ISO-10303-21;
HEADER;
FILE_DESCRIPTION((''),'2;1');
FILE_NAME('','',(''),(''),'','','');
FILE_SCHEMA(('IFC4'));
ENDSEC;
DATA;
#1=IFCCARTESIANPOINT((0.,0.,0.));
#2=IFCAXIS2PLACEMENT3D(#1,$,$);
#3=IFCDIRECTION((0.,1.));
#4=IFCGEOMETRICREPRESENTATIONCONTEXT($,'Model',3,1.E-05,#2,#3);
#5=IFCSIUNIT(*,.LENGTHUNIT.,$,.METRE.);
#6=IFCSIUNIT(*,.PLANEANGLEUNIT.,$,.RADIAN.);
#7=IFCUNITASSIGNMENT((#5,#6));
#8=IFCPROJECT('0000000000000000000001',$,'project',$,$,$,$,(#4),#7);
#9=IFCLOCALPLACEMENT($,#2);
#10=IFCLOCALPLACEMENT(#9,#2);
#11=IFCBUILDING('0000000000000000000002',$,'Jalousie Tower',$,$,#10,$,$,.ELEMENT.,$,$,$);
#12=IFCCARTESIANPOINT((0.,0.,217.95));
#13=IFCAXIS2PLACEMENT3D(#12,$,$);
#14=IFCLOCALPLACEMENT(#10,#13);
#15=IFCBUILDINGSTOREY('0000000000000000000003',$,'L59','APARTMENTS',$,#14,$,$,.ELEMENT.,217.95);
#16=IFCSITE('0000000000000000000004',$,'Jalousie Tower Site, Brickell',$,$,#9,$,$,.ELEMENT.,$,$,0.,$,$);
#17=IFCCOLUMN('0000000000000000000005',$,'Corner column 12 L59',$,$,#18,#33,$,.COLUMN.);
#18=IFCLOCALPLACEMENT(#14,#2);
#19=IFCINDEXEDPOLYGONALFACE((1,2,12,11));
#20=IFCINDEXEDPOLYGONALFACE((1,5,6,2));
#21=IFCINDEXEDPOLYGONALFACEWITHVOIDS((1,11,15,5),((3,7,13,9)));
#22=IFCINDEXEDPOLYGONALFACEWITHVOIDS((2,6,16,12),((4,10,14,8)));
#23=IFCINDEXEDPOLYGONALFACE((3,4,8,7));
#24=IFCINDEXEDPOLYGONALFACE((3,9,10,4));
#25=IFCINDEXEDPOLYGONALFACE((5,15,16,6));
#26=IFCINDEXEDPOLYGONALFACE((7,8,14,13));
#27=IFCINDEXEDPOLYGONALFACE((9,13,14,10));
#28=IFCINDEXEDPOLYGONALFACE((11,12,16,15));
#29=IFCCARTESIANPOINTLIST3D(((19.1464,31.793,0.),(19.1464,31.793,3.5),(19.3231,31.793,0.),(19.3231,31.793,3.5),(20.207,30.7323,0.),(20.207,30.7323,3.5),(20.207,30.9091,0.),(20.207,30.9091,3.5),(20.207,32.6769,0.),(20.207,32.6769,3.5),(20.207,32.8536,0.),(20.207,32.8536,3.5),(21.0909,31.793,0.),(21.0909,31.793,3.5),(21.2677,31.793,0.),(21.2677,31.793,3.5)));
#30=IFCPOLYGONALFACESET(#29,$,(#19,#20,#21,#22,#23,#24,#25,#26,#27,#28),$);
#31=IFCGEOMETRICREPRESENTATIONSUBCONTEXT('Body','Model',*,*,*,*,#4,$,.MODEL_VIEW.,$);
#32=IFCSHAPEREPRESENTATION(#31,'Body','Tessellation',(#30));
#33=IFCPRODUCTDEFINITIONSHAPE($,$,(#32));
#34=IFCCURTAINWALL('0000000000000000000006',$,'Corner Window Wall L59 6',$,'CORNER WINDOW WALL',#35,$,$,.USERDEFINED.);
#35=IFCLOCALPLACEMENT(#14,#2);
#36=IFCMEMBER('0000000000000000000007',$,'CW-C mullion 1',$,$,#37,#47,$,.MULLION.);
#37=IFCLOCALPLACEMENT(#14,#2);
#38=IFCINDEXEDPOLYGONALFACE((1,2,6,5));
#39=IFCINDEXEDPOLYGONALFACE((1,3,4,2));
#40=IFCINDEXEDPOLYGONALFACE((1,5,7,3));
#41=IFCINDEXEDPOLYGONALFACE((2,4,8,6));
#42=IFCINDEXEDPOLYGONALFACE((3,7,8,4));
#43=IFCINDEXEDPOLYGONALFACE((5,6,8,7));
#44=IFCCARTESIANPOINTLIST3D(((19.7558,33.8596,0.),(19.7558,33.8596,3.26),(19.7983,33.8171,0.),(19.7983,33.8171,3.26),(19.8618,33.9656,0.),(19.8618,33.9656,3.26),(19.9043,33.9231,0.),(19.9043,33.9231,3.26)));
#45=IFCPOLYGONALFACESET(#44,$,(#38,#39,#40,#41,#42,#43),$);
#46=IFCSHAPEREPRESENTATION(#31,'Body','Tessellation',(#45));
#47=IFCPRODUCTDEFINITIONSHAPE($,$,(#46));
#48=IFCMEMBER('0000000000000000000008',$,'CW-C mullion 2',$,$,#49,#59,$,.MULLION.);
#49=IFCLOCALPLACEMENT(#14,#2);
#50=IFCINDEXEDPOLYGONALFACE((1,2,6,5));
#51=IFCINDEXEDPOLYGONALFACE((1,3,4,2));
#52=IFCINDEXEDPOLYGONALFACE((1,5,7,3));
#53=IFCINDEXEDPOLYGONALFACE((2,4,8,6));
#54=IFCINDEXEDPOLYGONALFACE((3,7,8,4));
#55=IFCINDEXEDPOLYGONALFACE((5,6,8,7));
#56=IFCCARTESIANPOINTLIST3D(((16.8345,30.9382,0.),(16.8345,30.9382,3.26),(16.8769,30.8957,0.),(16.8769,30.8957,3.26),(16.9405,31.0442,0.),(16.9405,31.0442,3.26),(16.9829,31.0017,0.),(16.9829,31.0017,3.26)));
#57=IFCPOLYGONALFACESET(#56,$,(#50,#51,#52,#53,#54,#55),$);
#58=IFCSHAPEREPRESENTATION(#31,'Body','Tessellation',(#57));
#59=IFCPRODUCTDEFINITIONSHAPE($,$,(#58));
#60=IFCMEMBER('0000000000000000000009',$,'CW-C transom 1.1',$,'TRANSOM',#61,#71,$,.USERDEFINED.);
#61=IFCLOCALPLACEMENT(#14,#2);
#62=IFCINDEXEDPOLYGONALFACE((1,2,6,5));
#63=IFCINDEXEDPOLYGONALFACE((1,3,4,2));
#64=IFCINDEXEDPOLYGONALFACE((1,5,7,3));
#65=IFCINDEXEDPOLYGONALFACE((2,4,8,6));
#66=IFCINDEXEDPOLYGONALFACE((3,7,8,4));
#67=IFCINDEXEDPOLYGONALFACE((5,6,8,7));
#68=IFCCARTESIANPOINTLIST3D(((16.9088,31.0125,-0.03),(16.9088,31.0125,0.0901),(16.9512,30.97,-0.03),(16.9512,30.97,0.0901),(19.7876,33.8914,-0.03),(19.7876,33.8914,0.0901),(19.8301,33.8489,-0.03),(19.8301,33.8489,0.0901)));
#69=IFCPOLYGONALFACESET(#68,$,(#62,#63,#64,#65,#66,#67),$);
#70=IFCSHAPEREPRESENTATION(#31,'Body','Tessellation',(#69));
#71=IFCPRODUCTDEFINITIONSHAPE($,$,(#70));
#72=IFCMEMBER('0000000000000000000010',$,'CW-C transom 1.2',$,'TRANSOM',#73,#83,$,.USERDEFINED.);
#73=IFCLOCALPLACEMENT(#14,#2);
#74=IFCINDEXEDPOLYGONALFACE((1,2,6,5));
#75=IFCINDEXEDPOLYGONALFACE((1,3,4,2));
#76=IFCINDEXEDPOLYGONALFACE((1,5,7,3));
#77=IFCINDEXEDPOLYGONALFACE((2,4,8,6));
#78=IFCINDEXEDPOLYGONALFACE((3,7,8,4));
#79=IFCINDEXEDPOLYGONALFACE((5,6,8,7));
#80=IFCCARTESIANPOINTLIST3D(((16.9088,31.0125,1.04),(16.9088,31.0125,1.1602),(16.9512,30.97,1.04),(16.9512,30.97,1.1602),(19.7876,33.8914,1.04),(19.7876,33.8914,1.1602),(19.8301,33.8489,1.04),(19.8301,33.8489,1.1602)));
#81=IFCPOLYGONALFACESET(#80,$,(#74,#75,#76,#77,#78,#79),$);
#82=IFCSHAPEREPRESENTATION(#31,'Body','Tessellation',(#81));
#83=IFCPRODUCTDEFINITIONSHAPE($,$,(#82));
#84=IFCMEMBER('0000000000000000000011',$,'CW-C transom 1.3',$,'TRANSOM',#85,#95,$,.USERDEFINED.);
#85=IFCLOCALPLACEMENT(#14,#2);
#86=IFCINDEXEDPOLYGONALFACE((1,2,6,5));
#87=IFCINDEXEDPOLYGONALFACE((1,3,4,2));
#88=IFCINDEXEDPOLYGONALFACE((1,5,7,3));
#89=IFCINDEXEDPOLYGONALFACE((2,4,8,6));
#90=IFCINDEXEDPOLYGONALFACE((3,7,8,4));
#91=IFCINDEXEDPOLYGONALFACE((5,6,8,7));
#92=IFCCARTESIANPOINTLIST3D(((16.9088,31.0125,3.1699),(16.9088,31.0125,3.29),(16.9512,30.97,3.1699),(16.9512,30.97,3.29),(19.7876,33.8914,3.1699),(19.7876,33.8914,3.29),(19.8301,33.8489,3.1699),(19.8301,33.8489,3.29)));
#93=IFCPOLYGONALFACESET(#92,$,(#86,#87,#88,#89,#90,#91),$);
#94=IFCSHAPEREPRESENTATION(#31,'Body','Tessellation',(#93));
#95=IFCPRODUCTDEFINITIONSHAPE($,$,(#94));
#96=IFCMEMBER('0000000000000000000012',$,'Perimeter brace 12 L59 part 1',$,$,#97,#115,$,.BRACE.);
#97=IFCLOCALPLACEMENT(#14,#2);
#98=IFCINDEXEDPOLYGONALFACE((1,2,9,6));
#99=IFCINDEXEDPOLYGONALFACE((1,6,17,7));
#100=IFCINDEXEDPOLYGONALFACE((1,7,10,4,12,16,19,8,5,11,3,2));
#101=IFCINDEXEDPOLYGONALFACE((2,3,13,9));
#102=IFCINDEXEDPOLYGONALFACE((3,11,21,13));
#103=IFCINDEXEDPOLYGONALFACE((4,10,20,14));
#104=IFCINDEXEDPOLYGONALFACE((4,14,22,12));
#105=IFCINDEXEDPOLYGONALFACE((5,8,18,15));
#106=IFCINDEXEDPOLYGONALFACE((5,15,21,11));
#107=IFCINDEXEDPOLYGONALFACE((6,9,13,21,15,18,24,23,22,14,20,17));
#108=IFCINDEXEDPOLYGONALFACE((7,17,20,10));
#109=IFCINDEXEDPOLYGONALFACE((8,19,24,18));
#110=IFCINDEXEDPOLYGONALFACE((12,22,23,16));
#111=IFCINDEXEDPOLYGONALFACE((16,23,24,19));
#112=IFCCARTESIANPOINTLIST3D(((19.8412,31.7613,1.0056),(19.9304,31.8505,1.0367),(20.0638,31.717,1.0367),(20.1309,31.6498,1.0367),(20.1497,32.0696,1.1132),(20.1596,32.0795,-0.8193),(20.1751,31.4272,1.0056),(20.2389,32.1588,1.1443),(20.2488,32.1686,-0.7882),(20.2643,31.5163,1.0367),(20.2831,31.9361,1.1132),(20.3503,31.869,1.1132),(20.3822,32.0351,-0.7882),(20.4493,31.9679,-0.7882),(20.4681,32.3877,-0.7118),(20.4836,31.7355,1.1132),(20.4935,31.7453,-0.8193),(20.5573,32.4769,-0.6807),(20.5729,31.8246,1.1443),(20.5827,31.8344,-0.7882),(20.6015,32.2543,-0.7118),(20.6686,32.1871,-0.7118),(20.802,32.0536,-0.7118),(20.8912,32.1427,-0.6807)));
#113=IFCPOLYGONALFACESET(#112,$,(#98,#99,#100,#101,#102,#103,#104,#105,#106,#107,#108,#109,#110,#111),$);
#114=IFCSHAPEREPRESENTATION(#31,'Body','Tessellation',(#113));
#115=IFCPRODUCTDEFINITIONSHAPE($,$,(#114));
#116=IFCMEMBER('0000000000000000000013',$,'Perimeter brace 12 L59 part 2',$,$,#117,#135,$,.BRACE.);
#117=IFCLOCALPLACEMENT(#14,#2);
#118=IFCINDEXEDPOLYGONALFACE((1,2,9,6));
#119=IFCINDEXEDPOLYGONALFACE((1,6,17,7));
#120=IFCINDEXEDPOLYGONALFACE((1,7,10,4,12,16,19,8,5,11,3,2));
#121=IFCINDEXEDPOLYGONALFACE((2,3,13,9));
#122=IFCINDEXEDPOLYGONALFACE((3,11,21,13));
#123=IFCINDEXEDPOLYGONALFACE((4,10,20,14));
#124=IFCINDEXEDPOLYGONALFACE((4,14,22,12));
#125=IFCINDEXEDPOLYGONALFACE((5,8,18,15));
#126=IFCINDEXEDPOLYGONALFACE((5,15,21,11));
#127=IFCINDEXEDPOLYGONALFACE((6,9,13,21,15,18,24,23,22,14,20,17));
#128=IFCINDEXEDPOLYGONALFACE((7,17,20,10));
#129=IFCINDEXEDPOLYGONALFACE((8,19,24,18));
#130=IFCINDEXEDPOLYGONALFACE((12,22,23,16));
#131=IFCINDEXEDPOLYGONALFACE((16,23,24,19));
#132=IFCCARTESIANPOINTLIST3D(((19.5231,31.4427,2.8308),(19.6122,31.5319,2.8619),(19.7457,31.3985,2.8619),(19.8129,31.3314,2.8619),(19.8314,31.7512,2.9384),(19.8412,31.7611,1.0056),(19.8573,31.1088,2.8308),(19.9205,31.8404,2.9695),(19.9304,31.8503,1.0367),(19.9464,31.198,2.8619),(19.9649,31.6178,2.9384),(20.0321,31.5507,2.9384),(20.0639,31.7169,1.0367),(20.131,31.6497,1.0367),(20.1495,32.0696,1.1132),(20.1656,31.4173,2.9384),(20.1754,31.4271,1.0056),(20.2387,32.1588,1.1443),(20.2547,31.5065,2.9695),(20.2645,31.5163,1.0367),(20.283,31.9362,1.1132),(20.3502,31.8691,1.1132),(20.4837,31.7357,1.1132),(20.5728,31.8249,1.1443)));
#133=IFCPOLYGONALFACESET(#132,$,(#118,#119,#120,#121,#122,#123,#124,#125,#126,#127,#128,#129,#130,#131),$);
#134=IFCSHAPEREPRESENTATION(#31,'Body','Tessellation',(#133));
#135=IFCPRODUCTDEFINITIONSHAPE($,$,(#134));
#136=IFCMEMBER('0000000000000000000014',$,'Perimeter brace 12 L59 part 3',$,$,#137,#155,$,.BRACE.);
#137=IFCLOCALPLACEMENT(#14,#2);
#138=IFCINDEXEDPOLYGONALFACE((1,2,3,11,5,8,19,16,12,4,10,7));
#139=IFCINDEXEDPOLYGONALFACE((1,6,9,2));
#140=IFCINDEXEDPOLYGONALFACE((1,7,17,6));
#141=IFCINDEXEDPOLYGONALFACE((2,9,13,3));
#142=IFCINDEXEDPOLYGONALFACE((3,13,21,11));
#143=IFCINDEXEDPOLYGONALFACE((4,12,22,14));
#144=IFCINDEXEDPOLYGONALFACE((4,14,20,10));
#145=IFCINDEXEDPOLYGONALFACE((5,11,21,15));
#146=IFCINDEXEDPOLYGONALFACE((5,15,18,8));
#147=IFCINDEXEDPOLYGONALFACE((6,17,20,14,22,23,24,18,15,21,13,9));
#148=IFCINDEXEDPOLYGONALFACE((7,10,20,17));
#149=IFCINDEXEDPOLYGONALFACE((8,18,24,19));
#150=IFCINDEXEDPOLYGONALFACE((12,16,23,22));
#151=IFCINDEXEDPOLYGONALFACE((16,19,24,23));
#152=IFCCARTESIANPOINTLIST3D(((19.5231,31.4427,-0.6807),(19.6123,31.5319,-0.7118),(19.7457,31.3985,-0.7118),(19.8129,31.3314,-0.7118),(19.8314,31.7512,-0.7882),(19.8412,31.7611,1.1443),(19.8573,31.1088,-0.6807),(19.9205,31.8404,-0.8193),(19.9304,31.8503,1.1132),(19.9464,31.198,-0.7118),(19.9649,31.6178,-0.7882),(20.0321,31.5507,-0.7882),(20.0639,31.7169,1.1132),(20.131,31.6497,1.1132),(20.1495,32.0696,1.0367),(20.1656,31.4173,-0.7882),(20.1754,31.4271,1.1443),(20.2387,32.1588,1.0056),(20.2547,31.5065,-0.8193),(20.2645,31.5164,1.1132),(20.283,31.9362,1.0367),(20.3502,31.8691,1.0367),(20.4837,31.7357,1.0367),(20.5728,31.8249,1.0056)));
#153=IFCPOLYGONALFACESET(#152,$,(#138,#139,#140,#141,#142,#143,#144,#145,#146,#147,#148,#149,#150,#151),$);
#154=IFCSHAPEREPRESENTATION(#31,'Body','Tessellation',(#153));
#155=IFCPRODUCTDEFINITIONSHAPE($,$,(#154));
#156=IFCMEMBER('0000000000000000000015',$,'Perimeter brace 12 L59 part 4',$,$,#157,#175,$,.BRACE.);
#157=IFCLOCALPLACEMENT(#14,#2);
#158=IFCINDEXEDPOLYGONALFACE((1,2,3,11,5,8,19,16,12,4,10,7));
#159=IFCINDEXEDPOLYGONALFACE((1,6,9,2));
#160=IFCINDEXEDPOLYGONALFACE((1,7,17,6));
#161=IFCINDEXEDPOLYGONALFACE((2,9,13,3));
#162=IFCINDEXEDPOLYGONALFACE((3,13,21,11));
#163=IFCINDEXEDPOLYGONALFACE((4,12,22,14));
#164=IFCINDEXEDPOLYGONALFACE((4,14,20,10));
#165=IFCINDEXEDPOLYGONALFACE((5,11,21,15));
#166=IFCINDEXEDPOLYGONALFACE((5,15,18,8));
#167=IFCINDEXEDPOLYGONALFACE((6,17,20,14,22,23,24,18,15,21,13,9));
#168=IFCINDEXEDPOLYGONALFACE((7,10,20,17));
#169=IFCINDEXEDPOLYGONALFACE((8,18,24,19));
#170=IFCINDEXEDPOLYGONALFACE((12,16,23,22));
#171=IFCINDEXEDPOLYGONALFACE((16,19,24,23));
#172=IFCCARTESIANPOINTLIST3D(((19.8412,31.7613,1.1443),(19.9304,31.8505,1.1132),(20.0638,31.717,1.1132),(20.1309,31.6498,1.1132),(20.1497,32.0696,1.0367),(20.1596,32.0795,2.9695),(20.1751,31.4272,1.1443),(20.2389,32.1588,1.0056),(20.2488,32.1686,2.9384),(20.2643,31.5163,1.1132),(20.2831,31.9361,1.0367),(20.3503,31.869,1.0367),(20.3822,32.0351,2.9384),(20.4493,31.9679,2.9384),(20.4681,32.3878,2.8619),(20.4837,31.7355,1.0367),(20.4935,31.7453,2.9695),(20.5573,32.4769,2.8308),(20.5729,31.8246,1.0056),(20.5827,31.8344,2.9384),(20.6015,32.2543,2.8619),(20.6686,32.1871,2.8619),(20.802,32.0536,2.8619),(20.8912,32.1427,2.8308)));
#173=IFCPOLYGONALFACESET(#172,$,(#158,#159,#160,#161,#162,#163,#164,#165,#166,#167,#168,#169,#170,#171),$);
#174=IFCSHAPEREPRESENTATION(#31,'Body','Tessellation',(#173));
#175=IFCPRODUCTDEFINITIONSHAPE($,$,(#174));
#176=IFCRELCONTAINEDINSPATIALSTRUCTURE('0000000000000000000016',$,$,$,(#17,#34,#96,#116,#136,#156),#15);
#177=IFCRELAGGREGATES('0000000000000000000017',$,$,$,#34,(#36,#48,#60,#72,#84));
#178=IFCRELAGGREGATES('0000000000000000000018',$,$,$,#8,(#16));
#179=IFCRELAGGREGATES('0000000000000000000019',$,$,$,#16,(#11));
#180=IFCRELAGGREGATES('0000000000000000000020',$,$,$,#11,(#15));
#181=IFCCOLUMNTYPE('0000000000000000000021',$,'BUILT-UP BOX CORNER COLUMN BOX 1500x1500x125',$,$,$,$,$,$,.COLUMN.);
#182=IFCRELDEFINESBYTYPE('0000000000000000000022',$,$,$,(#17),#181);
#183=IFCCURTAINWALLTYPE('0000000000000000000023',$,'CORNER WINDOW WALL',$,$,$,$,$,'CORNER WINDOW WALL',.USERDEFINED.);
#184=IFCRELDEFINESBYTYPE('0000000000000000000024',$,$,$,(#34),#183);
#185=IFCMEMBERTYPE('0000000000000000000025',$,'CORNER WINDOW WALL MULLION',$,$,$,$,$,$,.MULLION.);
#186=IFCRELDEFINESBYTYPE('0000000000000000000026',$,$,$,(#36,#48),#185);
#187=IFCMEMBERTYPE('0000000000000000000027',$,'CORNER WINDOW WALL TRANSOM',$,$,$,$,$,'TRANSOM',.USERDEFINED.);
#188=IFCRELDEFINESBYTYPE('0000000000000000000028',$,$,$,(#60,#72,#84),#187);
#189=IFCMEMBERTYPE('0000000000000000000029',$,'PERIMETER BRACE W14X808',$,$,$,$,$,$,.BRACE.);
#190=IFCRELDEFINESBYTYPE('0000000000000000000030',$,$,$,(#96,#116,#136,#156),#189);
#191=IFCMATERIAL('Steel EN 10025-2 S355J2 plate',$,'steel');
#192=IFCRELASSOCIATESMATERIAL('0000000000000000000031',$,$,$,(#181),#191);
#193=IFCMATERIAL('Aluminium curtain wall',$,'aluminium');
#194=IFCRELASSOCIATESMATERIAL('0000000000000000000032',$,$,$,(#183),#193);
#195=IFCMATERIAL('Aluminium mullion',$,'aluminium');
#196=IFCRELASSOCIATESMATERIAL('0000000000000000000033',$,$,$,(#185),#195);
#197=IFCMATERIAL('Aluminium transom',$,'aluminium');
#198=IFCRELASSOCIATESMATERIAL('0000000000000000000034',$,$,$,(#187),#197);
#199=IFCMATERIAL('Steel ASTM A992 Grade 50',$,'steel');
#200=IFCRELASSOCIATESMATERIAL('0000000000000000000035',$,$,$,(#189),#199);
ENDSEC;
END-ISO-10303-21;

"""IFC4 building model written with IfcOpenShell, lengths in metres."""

from ifc_helpers import new_model, si_unit, direction, frame, origin, origin_2d, place, context, subcontext, project, spatial, rectangle, hollow_rectangle, i_section, extrude, material, material_profile, profile_set, type_object, element, aggregate, save


model = new_model("IFC4")

# Units and contexts
model_context = context("Model", 3, precision=1e-05, world=origin(), true_north=direction((0.0, 1.0)))
body_context = subcontext(model_context, "Body", "Model", "MODEL_VIEW")
ifc_project = project(units=[si_unit("LENGTHUNIT", "METRE"), si_unit("PLANEANGLEUNIT", "RADIAN")], contexts=[model_context])

# Site, building, storey
site_placement = place(None, origin())
site = spatial("IfcSite", under=ifc_project, at=site_placement, Name="Jalousie Tower Site, Brickell", CompositionType="ELEMENT", RefElevation=0.0)
building_placement = place(site_placement, origin())
building = spatial("IfcBuilding", under=site, at=building_placement, Name="Jalousie Tower", CompositionType="ELEMENT")
storey_placement = place(building_placement, frame((0.0, 0.0, 217.95)))
storey = spatial("IfcBuildingStorey", under=building, at=storey_placement, Name="L59", Description="APARTMENTS", CompositionType="ELEMENT", Elevation=217.95)

# Column
ifc_material_1 = material(Name="Steel EN 10025-2 S355J2 plate", Category="steel")
ifc_material_profile_1 = material_profile(ifc_material_1, hollow_rectangle(XDim=1.5, YDim=1.5, WallThickness=0.125, at=origin_2d()), Name="BOX 1500x1500x125")
ifc_profile_set_1 = profile_set([ifc_material_profile_1], Name="Steel EN 10025-2 S355J2 plate")
column_type = type_object("IfcColumnType", Name="BUILT-UP BOX CORNER COLUMN BOX 1500x1500x125", PredefinedType="COLUMN", material=ifc_profile_set_1)
column_placement = place(storey_placement, frame((20.207, 31.793, 0.0), z_axis=(0.0, 0.0, 1.0), x_axis=(0.707107, -0.707107, 0.0)))
element("IfcColumn", 1, at=column_placement, inside=storey, type_object=column_type, Name="Corner column 12 L59", PredefinedType="COLUMN", context=body_context, shape_type="SweptSolid", body=[
    extrude(hollow_rectangle(XDim=1.5, YDim=1.5, WallThickness=0.125, at=origin_2d()), origin(), (0.0, 0.0, 1.0), 3.5),
])

# Curtain wall, members
ifc_material_2 = material(Name="Aluminium curtain wall", Category="aluminium")
curtain_wall_type_1 = type_object("IfcCurtainWallType", Name="CORNER WINDOW WALL", ElementType="CORNER WINDOW WALL", PredefinedType="USERDEFINED", material=ifc_material_2)
curtain_wall_1_placement = place(storey_placement, origin())
curtain_wall_1 = element("IfcCurtainWall", 2, at=curtain_wall_1_placement, inside=storey, type_object=curtain_wall_type_1, Name="Corner Window Wall L59 6", ObjectType="CORNER WINDOW WALL", PredefinedType="USERDEFINED")
ifc_material_3 = material(Name="Aluminium mullion", Category="aluminium")
ifc_material_profile_2 = material_profile(ifc_material_3, rectangle(XDim=0.0601, YDim=0.1499, at=origin_2d()), Name="MULLION 60x150")
ifc_profile_set_2 = profile_set([ifc_material_profile_2], Name="Aluminium mullion")
member_type_1 = type_object("IfcMemberType", Name="CORNER WINDOW WALL MULLION", PredefinedType="MULLION", material=ifc_profile_set_2)
member_1_placement = place(storey_placement, frame((19.8301, 33.8914, 0.0), z_axis=(0.0, 0.0, 1.0), x_axis=(0.707107, -0.707107, 0.0)))
member_1 = element("IfcMember", 3, at=member_1_placement, type_object=member_type_1, Name="CW-C mullion 1", PredefinedType="MULLION", context=body_context, shape_type="SweptSolid", body=[
    extrude(rectangle(XDim=0.0601, YDim=0.1499, at=origin_2d()), origin(), (0.0, 0.0, 1.0), 3.26),
])
member_2_placement = place(storey_placement, frame((16.9087, 30.97, 0.0), z_axis=(0.0, 0.0, 1.0), x_axis=(0.707107, -0.707107, 0.0)))
member_2 = element("IfcMember", 4, at=member_2_placement, type_object=member_type_1, Name="CW-C mullion 2", PredefinedType="MULLION", context=body_context, shape_type="SweptSolid", body=[
    extrude(rectangle(XDim=0.0601, YDim=0.1499, at=origin_2d()), origin(), (0.0, 0.0, 1.0), 3.26),
])
ifc_material_4 = material(Name="Aluminium transom", Category="aluminium")
ifc_material_profile_3 = material_profile(ifc_material_4, rectangle(XDim=0.0601, YDim=0.1201, at=origin_2d()), Name="TRANSOM 60x120")
ifc_profile_set_3 = profile_set([ifc_material_profile_3], Name="Aluminium transom")
member_type_2 = type_object("IfcMemberType", Name="CORNER WINDOW WALL TRANSOM", ElementType="TRANSOM", PredefinedType="USERDEFINED", material=ifc_profile_set_3)
member_3_placement = place(storey_placement, frame((19.8088, 33.8701, 0.03), z_axis=(-0.707107, -0.707107, 0.0), x_axis=(0.707107, -0.707107, 0.0)))
member_3 = element("IfcMember", 5, at=member_3_placement, type_object=member_type_2, Name="CW-C transom 1.1", ObjectType="TRANSOM", PredefinedType="USERDEFINED", context=body_context, shape_type="SweptSolid", body=[
    extrude(rectangle(XDim=0.0601, YDim=0.1201, at=origin_2d()), origin(), (0.0, 0.0, 1.0), 4.0713),
])
member_4_placement = place(storey_placement, frame((19.8088, 33.8701, 1.1001), z_axis=(-0.707107, -0.707107, 0.0), x_axis=(0.707107, -0.707107, 0.0)))
member_4 = element("IfcMember", 6, at=member_4_placement, type_object=member_type_2, Name="CW-C transom 1.2", ObjectType="TRANSOM", PredefinedType="USERDEFINED", context=body_context, shape_type="SweptSolid", body=[
    extrude(rectangle(XDim=0.0601, YDim=0.1201, at=origin_2d()), origin(), (0.0, 0.0, 1.0), 4.0713),
])
member_5_placement = place(storey_placement, frame((19.8088, 33.8701, 3.23), z_axis=(-0.707107, -0.707107, 0.0), x_axis=(0.707107, -0.707107, 0.0)))
member_5 = element("IfcMember", 7, at=member_5_placement, type_object=member_type_2, Name="CW-C transom 1.3", ObjectType="TRANSOM", PredefinedType="USERDEFINED", context=body_context, shape_type="SweptSolid", body=[
    extrude(rectangle(XDim=0.0601, YDim=0.1201, at=origin_2d()), origin(), (0.0, 0.0, 1.0), 4.0713),
])

# Members
ifc_material_5 = material(Name="Steel ASTM A992 Grade 50", Category="steel")
ifc_material_profile_4 = material_profile(ifc_material_5, i_section(OverallWidth=0.4724, OverallDepth=0.5791, WebThickness=0.095, FlangeThickness=0.1299, at=origin_2d()), Name="W14X808")
ifc_profile_set_4 = profile_set([ifc_material_profile_4], Name="Steel ASTM A992 Grade 50")
member_type_3 = type_object("IfcMemberType", Name="PERIMETER BRACE W14X808", PredefinedType="BRACE", material=ifc_profile_set_4)
member_6_placement = place(storey_placement, frame((20.5254, 32.1111, -0.75), z_axis=(-0.169374, -0.169244, 0.970911), x_axis=(0.706835, -0.707378, 0.0)))
element("IfcMember", 8, at=member_6_placement, inside=storey, type_object=member_type_3, Name="Perimeter brace 12 L59 part 1", PredefinedType="BRACE", context=body_context, shape_type="SweptSolid", body=[
    extrude(i_section(OverallWidth=0.4724, OverallDepth=0.5791, WebThickness=0.095, FlangeThickness=0.1299, at=origin_2d()), origin(), (0.0, 0.0, 1.0), 1.8796),
])
member_7_placement = place(storey_placement, frame((20.207, 31.793, 1.075), z_axis=(-0.169222, -0.169352, 0.970919), x_axis=(0.707378, -0.706835, 0.0)))
element("IfcMember", 9, at=member_7_placement, inside=storey, type_object=member_type_3, Name="Perimeter brace 12 L59 part 2", PredefinedType="BRACE", context=body_context, shape_type="SweptSolid", body=[
    extrude(i_section(OverallWidth=0.4724, OverallDepth=0.5791, WebThickness=0.095, FlangeThickness=0.1299, at=origin_2d()), origin(), (0.0, 0.0, 1.0), 1.8799),
])
member_8_placement = place(storey_placement, frame((19.8889, 31.4746, -0.75), z_axis=(0.169244, 0.169374, 0.970911), x_axis=(-0.707378, 0.706835, 0.0)))
element("IfcMember", 10, at=member_8_placement, inside=storey, type_object=member_type_3, Name="Perimeter brace 12 L59 part 3", PredefinedType="BRACE", context=body_context, shape_type="SweptSolid", body=[
    extrude(i_section(OverallWidth=0.4724, OverallDepth=0.5791, WebThickness=0.095, FlangeThickness=0.1299, at=origin_2d()), origin(), (0.0, 0.0, 1.0), 1.8796),
])
member_9_placement = place(storey_placement, frame((20.207, 31.793, 1.075), z_axis=(0.169352, 0.169222, 0.970919), x_axis=(-0.706835, 0.707378, 0.0)))
element("IfcMember", 11, at=member_9_placement, inside=storey, type_object=member_type_3, Name="Perimeter brace 12 L59 part 4", PredefinedType="BRACE", context=body_context, shape_type="SweptSolid", body=[
    extrude(i_section(OverallWidth=0.4724, OverallDepth=0.5791, WebThickness=0.095, FlangeThickness=0.1299, at=origin_2d()), origin(), (0.0, 0.0, 1.0), 1.8799),
])

aggregate(curtain_wall_1, [member_1, member_2, member_3, member_4, member_5])

save(model, "model.ifc")
